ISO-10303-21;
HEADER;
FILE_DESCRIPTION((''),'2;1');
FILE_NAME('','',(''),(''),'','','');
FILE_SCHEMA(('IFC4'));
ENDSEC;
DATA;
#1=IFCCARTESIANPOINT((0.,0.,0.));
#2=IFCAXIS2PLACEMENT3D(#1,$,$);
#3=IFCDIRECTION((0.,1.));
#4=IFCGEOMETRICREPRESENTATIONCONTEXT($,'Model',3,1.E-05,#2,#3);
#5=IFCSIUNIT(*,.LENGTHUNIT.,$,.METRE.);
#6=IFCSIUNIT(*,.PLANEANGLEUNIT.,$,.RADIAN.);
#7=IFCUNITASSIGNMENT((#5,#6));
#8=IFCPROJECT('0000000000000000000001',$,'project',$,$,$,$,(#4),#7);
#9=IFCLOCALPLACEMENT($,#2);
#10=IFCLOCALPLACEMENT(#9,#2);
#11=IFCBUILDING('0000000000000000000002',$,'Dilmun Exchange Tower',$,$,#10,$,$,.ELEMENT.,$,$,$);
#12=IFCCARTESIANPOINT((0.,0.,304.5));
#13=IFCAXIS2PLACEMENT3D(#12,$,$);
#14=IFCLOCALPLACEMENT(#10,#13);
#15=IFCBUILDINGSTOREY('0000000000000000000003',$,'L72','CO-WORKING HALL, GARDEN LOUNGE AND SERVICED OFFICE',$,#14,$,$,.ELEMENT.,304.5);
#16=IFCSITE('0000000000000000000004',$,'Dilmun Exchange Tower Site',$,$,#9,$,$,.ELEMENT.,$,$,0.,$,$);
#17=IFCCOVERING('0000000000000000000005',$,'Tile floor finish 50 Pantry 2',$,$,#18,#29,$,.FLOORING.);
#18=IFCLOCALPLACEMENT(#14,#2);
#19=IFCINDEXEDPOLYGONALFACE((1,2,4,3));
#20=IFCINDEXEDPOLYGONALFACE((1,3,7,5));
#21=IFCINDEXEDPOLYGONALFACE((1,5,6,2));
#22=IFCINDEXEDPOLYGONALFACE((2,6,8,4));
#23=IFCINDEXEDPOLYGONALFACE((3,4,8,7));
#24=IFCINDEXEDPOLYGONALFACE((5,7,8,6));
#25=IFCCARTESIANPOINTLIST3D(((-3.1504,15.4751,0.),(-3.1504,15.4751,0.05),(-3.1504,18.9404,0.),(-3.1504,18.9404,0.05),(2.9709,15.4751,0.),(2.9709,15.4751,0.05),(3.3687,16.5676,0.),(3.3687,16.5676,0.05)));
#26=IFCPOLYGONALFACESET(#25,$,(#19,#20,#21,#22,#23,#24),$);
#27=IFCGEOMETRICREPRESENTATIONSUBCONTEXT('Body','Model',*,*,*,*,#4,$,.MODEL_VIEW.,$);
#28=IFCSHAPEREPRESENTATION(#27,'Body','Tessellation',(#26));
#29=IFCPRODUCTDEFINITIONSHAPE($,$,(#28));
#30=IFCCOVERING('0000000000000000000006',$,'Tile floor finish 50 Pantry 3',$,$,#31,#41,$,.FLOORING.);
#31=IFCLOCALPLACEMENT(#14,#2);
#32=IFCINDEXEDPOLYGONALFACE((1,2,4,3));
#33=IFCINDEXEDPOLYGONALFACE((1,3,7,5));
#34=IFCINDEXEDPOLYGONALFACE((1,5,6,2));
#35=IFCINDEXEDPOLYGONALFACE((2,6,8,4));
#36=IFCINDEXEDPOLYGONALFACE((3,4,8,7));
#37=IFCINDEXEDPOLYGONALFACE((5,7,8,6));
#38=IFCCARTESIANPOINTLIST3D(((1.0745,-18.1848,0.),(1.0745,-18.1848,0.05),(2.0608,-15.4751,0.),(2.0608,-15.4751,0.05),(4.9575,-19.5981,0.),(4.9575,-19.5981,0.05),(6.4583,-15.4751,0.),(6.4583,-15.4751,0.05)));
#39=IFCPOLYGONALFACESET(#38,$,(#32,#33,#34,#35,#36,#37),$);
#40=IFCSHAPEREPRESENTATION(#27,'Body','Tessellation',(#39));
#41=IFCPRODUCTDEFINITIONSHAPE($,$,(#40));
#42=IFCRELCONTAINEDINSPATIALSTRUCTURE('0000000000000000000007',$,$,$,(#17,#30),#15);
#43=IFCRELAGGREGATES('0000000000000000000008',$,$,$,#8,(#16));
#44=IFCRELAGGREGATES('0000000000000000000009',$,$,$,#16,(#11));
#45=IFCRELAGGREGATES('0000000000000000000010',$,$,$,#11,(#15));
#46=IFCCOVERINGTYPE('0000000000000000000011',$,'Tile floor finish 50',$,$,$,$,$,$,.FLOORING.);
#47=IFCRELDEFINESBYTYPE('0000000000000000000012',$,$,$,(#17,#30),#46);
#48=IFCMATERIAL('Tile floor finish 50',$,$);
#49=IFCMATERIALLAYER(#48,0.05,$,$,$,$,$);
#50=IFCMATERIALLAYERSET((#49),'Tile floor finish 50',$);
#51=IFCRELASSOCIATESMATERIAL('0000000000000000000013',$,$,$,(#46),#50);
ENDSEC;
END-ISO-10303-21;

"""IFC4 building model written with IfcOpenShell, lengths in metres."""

from ifc_helpers import new_model, si_unit, direction, frame, origin, place, context, subcontext, project, spatial, polyline, outline, extrude, material, layer, layer_set, type_object, element, save


model = new_model("IFC4")

# Units and contexts
model_context = context("Model", 3, precision=1e-05, world=origin(), true_north=direction((0.0, 1.0)))
body_context = subcontext(model_context, "Body", "Model", "MODEL_VIEW")
ifc_project = project(units=[si_unit("LENGTHUNIT", "METRE"), si_unit("PLANEANGLEUNIT", "RADIAN")], contexts=[model_context])

# Site, building, storey
site_placement = place(None, origin())
site = spatial("IfcSite", under=ifc_project, at=site_placement, Name="Dilmun Exchange Tower Site", CompositionType="ELEMENT", RefElevation=0.0)
building_placement = place(site_placement, origin())
building = spatial("IfcBuilding", under=site, at=building_placement, Name="Dilmun Exchange Tower", CompositionType="ELEMENT")
storey_placement = place(building_placement, frame((0.0, 0.0, 304.5)))
storey = spatial("IfcBuildingStorey", under=building, at=storey_placement, Name="L72", Description="CO-WORKING HALL, GARDEN LOUNGE AND SERVICED OFFICE", CompositionType="ELEMENT", Elevation=304.5)

# Coverings
ifc_material_1 = material(Name="Tile floor finish 50")
ifc_layer_1 = layer(ifc_material_1, 0.05)
ifc_layer_set_1 = layer_set([ifc_layer_1], Name="Tile floor finish 50")
covering_type_1 = type_object("IfcCoveringType", Name="Tile floor finish 50", PredefinedType="FLOORING", material=ifc_layer_set_1)
covering_1_placement = place(storey_placement, origin())
element("IfcCovering", 1, at=covering_1_placement, inside=storey, type_object=covering_type_1, Name="Tile floor finish 50 Pantry 2", PredefinedType="FLOORING", context=body_context, shape_type="SweptSolid", body=[
    extrude(outline(polyline([(2.9709, 15.4751), (-3.1504, 15.4751), (-3.1504, 18.9404), (3.3687, 16.5676), (2.9709, 15.4751)])), origin(), (0.0, 0.0, 1.0), 0.05),
])
covering_2_placement = place(storey_placement, origin())
element("IfcCovering", 2, at=covering_2_placement, inside=storey, type_object=covering_type_1, Name="Tile floor finish 50 Pantry 3", PredefinedType="FLOORING", context=body_context, shape_type="SweptSolid", body=[
    extrude(outline(polyline([(4.9575, -19.5981), (1.0745, -18.1848), (2.0608, -15.4751), (6.4583, -15.4751), (4.9575, -19.5981)])), origin(), (0.0, 0.0, 1.0), 0.05),
])

save(model, "model.ifc")
